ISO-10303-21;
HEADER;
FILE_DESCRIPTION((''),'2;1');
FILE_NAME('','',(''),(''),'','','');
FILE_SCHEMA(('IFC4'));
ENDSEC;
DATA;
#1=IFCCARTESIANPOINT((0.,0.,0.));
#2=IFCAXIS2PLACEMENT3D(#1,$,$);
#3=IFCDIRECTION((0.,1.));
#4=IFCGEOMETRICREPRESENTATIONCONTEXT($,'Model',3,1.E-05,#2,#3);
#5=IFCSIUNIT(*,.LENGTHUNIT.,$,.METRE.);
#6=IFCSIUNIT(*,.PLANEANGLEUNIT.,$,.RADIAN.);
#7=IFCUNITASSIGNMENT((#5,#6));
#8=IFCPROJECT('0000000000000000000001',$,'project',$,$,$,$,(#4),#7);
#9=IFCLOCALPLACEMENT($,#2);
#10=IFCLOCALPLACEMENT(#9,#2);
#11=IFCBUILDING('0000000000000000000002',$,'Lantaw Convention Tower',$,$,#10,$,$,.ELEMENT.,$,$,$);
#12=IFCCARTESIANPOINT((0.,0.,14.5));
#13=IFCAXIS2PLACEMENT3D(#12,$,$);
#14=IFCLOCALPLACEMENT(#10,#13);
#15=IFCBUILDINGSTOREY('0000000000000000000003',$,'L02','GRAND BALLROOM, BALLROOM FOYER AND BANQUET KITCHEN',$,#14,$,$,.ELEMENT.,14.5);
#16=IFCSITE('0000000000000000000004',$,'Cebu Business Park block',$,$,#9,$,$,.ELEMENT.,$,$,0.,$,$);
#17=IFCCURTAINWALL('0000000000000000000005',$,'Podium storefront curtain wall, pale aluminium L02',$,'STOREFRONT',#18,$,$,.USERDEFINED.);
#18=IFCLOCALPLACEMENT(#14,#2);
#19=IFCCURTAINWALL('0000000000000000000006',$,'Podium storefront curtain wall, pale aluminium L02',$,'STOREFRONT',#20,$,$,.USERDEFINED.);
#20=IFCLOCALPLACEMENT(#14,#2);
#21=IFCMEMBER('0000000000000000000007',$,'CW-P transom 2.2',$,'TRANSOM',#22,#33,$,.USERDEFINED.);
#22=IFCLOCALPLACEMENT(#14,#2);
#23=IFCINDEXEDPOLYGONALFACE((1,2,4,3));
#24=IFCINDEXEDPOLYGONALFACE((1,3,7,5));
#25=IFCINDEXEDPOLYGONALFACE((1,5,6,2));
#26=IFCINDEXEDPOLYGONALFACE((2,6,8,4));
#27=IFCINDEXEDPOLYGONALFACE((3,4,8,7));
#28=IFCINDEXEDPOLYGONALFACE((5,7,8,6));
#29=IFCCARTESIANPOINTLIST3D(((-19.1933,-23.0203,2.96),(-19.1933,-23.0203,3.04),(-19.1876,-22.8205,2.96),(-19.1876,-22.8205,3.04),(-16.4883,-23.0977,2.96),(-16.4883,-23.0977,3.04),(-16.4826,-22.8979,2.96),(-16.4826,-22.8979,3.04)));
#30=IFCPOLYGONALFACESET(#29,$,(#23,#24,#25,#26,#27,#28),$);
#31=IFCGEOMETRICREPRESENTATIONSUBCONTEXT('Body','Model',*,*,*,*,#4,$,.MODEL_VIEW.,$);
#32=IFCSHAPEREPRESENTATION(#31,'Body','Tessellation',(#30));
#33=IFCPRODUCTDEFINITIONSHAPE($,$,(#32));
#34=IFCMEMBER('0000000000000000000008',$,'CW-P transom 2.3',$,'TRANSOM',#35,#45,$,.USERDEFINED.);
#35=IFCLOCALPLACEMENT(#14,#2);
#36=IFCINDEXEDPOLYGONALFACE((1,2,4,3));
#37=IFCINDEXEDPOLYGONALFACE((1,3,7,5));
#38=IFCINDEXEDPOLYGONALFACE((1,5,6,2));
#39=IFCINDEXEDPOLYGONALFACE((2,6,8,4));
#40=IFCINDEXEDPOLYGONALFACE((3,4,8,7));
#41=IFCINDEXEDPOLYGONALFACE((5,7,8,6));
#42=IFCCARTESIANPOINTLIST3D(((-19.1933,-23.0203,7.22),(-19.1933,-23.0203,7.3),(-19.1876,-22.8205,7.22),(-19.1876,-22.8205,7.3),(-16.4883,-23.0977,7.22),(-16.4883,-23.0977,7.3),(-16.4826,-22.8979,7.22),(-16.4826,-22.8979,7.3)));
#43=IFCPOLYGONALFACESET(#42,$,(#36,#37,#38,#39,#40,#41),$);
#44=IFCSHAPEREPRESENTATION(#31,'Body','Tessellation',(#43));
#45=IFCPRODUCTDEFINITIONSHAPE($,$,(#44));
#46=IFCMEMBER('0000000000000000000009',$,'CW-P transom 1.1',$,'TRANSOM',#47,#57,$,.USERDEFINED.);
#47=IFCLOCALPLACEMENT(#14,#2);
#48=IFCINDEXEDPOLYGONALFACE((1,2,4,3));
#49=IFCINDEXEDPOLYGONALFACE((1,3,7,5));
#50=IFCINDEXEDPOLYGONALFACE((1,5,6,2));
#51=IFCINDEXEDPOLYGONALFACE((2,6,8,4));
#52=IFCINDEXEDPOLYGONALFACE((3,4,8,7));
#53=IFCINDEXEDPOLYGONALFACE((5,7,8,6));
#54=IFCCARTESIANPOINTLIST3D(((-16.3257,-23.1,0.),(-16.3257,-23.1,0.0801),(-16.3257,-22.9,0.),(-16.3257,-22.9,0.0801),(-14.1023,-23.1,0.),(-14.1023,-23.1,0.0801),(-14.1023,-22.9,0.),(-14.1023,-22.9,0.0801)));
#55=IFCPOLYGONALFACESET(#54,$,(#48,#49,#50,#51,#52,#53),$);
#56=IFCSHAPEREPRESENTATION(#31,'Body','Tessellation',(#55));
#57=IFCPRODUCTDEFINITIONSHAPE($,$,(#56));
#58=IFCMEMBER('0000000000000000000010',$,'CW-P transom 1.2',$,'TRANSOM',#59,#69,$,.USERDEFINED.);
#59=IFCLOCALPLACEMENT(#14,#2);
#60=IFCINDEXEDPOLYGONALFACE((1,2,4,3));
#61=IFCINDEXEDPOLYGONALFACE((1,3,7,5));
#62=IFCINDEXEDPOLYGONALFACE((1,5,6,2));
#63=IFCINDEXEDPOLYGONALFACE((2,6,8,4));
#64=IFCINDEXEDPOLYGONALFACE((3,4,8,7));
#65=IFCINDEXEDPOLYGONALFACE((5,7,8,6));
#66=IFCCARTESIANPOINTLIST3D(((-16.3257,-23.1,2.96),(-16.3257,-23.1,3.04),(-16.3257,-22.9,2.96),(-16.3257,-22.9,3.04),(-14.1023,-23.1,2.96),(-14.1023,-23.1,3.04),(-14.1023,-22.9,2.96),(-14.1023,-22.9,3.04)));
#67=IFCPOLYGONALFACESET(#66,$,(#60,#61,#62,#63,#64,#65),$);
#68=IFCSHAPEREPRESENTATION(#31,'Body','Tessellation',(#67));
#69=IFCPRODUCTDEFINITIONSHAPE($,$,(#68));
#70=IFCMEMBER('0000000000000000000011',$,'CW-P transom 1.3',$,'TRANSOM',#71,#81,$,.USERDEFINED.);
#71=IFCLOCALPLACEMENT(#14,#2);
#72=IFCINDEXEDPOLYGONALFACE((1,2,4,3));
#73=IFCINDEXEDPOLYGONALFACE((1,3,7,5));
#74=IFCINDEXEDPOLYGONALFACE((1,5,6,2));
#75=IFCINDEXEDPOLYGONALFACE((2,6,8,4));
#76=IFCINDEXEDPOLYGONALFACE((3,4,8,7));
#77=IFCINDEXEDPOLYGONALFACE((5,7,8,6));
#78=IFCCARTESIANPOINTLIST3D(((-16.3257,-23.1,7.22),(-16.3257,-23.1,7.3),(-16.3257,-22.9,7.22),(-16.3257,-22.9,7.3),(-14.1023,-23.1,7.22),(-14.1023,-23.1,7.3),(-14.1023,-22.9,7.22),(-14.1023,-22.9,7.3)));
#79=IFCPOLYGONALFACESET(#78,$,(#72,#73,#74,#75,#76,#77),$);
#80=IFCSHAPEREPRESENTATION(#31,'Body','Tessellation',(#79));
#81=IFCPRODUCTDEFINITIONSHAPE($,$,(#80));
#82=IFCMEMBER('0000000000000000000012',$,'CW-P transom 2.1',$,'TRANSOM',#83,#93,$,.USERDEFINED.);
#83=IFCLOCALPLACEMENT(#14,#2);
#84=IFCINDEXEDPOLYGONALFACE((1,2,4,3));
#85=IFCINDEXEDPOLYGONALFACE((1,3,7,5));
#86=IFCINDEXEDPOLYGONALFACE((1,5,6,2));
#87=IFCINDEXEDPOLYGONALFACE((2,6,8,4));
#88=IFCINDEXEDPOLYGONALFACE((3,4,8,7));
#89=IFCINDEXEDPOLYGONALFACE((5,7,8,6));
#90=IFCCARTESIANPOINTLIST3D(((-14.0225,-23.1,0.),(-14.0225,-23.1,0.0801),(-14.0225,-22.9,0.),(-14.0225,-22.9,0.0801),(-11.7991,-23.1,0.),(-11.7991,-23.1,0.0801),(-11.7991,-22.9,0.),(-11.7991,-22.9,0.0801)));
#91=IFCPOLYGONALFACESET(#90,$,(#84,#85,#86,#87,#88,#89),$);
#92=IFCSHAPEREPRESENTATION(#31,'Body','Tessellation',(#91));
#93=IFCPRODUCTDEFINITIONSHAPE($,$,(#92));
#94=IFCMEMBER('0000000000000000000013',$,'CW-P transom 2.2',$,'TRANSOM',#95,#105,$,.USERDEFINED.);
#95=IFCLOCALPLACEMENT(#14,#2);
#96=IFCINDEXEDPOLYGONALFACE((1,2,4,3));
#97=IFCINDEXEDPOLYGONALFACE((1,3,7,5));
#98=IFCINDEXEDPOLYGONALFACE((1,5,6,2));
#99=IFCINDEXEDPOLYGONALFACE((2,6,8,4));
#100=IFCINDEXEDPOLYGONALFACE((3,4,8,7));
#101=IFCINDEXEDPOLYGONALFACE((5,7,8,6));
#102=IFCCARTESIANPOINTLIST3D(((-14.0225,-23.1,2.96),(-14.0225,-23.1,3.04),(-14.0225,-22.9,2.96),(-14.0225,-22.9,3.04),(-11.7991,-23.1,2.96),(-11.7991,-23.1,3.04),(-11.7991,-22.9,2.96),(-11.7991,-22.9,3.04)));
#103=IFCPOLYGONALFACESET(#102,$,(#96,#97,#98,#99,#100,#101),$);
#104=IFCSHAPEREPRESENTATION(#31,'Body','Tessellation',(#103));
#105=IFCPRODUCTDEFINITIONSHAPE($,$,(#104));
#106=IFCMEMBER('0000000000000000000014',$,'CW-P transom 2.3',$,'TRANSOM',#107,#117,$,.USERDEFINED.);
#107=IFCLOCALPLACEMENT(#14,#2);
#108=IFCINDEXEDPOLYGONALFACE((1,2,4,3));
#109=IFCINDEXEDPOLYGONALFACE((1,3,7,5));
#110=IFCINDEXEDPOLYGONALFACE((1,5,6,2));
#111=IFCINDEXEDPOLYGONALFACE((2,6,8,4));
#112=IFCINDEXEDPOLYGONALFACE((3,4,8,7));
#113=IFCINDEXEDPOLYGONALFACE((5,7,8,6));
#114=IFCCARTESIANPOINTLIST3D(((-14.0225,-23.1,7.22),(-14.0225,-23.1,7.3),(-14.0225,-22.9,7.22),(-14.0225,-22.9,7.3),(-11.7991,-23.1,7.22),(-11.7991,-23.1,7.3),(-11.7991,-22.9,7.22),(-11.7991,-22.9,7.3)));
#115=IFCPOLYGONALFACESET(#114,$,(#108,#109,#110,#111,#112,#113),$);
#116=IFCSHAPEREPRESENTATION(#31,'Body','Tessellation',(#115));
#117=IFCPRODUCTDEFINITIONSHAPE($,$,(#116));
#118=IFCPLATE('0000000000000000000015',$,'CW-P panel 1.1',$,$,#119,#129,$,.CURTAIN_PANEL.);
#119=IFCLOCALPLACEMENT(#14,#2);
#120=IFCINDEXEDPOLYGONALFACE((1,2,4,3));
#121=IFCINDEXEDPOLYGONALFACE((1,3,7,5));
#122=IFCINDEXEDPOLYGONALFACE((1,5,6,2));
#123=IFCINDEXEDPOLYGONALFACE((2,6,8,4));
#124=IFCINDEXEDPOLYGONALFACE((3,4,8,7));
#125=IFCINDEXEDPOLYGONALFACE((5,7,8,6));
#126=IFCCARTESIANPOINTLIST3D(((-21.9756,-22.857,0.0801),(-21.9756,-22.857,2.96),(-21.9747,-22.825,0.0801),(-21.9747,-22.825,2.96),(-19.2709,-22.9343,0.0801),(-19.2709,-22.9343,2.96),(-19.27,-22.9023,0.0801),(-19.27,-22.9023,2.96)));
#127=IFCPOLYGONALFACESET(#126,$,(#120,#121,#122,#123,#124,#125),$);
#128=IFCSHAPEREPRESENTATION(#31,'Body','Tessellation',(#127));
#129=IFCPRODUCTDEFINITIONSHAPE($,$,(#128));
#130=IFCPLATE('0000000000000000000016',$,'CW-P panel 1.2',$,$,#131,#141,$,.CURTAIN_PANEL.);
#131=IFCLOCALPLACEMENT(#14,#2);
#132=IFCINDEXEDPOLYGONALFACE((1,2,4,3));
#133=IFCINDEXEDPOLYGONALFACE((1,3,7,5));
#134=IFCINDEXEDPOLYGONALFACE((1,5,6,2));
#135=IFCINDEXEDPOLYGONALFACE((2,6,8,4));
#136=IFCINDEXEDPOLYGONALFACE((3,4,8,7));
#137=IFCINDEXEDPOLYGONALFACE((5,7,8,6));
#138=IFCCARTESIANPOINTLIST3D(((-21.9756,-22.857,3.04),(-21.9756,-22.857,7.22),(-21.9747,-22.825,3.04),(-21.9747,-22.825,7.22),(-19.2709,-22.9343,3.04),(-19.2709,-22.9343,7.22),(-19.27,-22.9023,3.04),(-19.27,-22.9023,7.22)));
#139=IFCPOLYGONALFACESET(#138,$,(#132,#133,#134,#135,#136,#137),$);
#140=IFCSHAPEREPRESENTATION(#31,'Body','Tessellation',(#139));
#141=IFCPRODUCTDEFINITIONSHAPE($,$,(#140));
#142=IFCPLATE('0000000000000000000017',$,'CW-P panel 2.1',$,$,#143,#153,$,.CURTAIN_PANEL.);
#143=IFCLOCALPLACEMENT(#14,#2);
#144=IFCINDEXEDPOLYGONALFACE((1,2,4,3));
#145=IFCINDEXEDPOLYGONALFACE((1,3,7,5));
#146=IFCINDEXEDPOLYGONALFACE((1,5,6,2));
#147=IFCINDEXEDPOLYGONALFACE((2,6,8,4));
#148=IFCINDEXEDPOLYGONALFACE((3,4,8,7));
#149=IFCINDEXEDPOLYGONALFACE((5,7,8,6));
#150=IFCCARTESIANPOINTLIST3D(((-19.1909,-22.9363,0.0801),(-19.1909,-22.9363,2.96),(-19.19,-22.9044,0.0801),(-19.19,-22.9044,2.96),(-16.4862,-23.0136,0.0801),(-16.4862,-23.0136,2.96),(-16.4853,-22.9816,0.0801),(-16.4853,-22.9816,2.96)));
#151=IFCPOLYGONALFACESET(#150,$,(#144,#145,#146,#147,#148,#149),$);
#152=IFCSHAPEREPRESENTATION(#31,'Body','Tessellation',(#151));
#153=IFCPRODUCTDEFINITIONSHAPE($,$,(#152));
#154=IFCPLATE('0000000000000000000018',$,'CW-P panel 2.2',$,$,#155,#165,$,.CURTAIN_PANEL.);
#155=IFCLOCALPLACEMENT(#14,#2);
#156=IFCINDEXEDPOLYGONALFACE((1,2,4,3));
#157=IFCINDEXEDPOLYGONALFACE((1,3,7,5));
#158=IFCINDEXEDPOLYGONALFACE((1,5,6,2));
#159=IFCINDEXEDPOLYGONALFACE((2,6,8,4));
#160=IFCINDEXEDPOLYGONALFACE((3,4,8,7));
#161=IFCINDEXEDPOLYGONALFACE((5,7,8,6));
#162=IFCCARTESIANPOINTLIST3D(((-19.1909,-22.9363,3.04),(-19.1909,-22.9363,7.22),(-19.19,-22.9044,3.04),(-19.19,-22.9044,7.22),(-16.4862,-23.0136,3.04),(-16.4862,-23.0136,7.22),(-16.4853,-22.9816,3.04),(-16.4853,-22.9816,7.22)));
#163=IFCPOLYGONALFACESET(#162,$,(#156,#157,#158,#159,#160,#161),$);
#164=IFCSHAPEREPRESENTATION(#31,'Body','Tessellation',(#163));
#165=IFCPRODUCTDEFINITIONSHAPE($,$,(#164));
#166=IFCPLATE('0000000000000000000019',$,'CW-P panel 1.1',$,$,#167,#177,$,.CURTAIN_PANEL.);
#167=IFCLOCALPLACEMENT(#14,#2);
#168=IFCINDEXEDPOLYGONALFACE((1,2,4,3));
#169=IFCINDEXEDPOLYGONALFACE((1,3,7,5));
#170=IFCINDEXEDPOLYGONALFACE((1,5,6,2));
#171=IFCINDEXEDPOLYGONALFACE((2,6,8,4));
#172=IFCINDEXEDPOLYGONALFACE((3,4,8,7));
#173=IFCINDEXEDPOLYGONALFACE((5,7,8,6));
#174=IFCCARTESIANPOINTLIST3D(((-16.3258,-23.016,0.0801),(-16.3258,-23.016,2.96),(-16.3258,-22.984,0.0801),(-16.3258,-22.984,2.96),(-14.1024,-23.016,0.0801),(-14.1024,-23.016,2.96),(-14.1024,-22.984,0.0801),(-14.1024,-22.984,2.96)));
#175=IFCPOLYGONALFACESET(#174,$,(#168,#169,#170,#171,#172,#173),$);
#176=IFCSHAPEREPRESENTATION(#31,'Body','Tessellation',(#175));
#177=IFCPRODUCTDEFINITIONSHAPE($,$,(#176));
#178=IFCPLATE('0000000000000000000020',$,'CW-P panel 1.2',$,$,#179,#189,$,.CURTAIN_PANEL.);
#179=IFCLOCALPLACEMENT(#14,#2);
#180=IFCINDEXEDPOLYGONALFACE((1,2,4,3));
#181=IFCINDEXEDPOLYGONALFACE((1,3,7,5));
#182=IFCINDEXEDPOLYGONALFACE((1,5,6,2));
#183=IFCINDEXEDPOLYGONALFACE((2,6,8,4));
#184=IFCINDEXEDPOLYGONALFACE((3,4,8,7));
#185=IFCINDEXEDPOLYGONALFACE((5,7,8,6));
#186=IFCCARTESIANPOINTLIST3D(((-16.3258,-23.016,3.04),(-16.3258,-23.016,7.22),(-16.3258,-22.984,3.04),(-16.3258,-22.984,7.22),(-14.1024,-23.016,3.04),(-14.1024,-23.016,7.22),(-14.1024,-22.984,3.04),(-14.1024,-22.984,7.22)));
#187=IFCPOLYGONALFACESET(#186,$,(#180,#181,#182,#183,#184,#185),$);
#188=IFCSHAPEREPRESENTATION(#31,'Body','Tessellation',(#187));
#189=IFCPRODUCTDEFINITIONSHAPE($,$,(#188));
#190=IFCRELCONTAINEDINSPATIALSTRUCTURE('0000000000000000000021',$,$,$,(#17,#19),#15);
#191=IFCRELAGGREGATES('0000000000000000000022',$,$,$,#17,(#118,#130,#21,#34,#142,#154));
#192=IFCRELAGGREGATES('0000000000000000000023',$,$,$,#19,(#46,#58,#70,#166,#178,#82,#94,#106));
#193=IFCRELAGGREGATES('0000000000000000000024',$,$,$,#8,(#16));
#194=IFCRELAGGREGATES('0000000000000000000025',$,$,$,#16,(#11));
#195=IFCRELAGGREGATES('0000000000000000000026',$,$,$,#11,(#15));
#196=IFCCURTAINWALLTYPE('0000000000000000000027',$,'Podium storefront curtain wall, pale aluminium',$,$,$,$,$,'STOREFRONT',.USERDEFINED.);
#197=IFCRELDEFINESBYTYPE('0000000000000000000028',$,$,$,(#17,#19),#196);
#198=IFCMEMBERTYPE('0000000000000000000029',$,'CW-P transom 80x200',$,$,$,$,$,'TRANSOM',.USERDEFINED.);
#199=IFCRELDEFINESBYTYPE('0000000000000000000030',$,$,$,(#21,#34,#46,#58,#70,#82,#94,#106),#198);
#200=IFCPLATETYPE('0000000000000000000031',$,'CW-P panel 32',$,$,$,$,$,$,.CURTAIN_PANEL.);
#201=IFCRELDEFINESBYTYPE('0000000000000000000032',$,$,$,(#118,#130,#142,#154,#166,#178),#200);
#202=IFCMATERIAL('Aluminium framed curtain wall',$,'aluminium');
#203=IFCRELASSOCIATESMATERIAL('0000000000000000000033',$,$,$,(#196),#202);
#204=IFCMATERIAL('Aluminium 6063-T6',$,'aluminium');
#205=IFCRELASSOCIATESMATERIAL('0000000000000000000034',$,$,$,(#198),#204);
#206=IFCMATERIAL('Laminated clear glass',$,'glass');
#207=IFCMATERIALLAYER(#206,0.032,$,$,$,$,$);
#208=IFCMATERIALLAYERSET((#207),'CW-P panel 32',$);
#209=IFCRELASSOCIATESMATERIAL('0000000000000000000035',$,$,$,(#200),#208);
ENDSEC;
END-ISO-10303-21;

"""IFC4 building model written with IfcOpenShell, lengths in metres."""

from ifc_helpers import new_model, si_unit, direction, frame, origin, origin_2d, place, context, subcontext, project, spatial, rectangle, extrude, material, layer, layer_set, material_profile, profile_set, type_object, element, aggregate, save


model = new_model("IFC4")

# Units and contexts
model_context = context("Model", 3, precision=1e-05, world=origin(), true_north=direction((0.0, 1.0)))
body_context = subcontext(model_context, "Body", "Model", "MODEL_VIEW")
ifc_project = project(units=[si_unit("LENGTHUNIT", "METRE"), si_unit("PLANEANGLEUNIT", "RADIAN")], contexts=[model_context])

# Site, building, storey
site_placement = place(None, origin())
site = spatial("IfcSite", under=ifc_project, at=site_placement, Name="Cebu Business Park block", CompositionType="ELEMENT", RefElevation=0.0)
building_placement = place(site_placement, origin())
building = spatial("IfcBuilding", under=site, at=building_placement, Name="Lantaw Convention Tower", CompositionType="ELEMENT")
storey_placement = place(building_placement, frame((0.0, 0.0, 14.5)))
storey = spatial("IfcBuildingStorey", under=building, at=storey_placement, Name="L02", Description="GRAND BALLROOM, BALLROOM FOYER AND BANQUET KITCHEN", CompositionType="ELEMENT", Elevation=14.5)

# Curtain walls
ifc_material_1 = material(Name="Aluminium framed curtain wall", Category="aluminium")
curtain_wall_type = type_object("IfcCurtainWallType", Name="Podium storefront curtain wall, pale aluminium", ElementType="STOREFRONT", PredefinedType="USERDEFINED", material=ifc_material_1)
curtain_wall_1_placement = place(storey_placement, origin())
curtain_wall_1 = element("IfcCurtainWall", 1, at=curtain_wall_1_placement, inside=storey, type_object=curtain_wall_type, Name="Podium storefront curtain wall, pale aluminium L02", ObjectType="STOREFRONT", PredefinedType="USERDEFINED")
ifc_material_2 = material(Name="Aluminium 6063-T6", Category="aluminium")
curtain_wall_2_placement = place(storey_placement, origin())
curtain_wall_2 = element("IfcCurtainWall", 2, at=curtain_wall_2_placement, inside=storey, type_object=curtain_wall_type, Name="Podium storefront curtain wall, pale aluminium L02", ObjectType="STOREFRONT", PredefinedType="USERDEFINED")

# Members
ifc_material_profile_1 = material_profile(ifc_material_2, rectangle(XDim=0.2, YDim=0.0801, at=origin_2d()), Name="CW-P transom 80x200")
ifc_profile_set_1 = profile_set([ifc_material_profile_1], Name="Aluminium 6063-T6")
member_type_1 = type_object("IfcMemberType", Name="CW-P transom 80x200", ElementType="TRANSOM", PredefinedType="USERDEFINED", material=ifc_profile_set_1)
member_1_placement = place(storey_placement, frame((-19.1904, -22.9204, 3.0), z_axis=(0.999591, -0.028601, 0.0), x_axis=(0.028601, 0.999591, 0.0)))
member_1 = element("IfcMember", 3, at=member_1_placement, type_object=member_type_1, Name="CW-P transom 2.2", ObjectType="TRANSOM", PredefinedType="USERDEFINED", context=body_context, shape_type="SweptSolid", body=[
    extrude(rectangle(XDim=0.2, YDim=0.0801, at=origin_2d()), origin(), (0.0, 0.0, 1.0), 2.7061),
])
member_2_placement = place(storey_placement, frame((-19.1904, -22.9204, 7.26), z_axis=(0.999591, -0.028601, 0.0), x_axis=(0.028601, 0.999591, 0.0)))
member_2 = element("IfcMember", 4, at=member_2_placement, type_object=member_type_1, Name="CW-P transom 2.3", ObjectType="TRANSOM", PredefinedType="USERDEFINED", context=body_context, shape_type="SweptSolid", body=[
    extrude(rectangle(XDim=0.2, YDim=0.0801, at=origin_2d()), origin(), (0.0, 0.0, 1.0), 2.7061),
])
member_3_placement = place(storey_placement, frame((-16.3257, -23.0, 0.04), z_axis=(1.0, 0.0, 0.0), x_axis=(0.0, 1.0, 0.0)))
member_3 = element("IfcMember", 5, at=member_3_placement, type_object=member_type_1, Name="CW-P transom 1.1", ObjectType="TRANSOM", PredefinedType="USERDEFINED", context=body_context, shape_type="SweptSolid", body=[
    extrude(rectangle(XDim=0.2, YDim=0.0801, at=origin_2d()), origin(), (0.0, 0.0, 1.0), 2.2234),
])
member_4_placement = place(storey_placement, frame((-16.3257, -23.0, 3.0), z_axis=(1.0, 0.0, 0.0), x_axis=(0.0, 1.0, 0.0)))
member_4 = element("IfcMember", 6, at=member_4_placement, type_object=member_type_1, Name="CW-P transom 1.2", ObjectType="TRANSOM", PredefinedType="USERDEFINED", context=body_context, shape_type="SweptSolid", body=[
    extrude(rectangle(XDim=0.2, YDim=0.0801, at=origin_2d()), origin(), (0.0, 0.0, 1.0), 2.2234),
])
member_5_placement = place(storey_placement, frame((-16.3257, -23.0, 7.26), z_axis=(1.0, 0.0, 0.0), x_axis=(0.0, 1.0, 0.0)))
member_5 = element("IfcMember", 7, at=member_5_placement, type_object=member_type_1, Name="CW-P transom 1.3", ObjectType="TRANSOM", PredefinedType="USERDEFINED", context=body_context, shape_type="SweptSolid", body=[
    extrude(rectangle(XDim=0.2, YDim=0.0801, at=origin_2d()), origin(), (0.0, 0.0, 1.0), 2.2234),
])
member_6_placement = place(storey_placement, frame((-14.0225, -23.0, 0.04), z_axis=(1.0, 0.0, 0.0), x_axis=(0.0, 1.0, 0.0)))
member_6 = element("IfcMember", 8, at=member_6_placement, type_object=member_type_1, Name="CW-P transom 2.1", ObjectType="TRANSOM", PredefinedType="USERDEFINED", context=body_context, shape_type="SweptSolid", body=[
    extrude(rectangle(XDim=0.2, YDim=0.0801, at=origin_2d()), origin(), (0.0, 0.0, 1.0), 2.2234),
])
member_7_placement = place(storey_placement, frame((-14.0225, -23.0, 3.0), z_axis=(1.0, 0.0, 0.0), x_axis=(0.0, 1.0, 0.0)))
member_7 = element("IfcMember", 9, at=member_7_placement, type_object=member_type_1, Name="CW-P transom 2.2", ObjectType="TRANSOM", PredefinedType="USERDEFINED", context=body_context, shape_type="SweptSolid", body=[
    extrude(rectangle(XDim=0.2, YDim=0.0801, at=origin_2d()), origin(), (0.0, 0.0, 1.0), 2.2234),
])
member_8_placement = place(storey_placement, frame((-14.0225, -23.0, 7.26), z_axis=(1.0, 0.0, 0.0), x_axis=(0.0, 1.0, 0.0)))
member_8 = element("IfcMember", 10, at=member_8_placement, type_object=member_type_1, Name="CW-P transom 2.3", ObjectType="TRANSOM", PredefinedType="USERDEFINED", context=body_context, shape_type="SweptSolid", body=[
    extrude(rectangle(XDim=0.2, YDim=0.0801, at=origin_2d()), origin(), (0.0, 0.0, 1.0), 2.2234),
])

# Plates
ifc_material_3 = material(Name="Laminated clear glass", Category="glass")
ifc_layer = layer(ifc_material_3, 0.032)
ifc_layer_set = layer_set([ifc_layer], Name="CW-P panel 32")
plate_type = type_object("IfcPlateType", Name="CW-P panel 32", PredefinedType="CURTAIN_PANEL", material=ifc_layer_set)
plate_1_placement = place(storey_placement, frame((-20.6228, -22.8796, 0.0801), z_axis=(0.0, 0.0, 1.0), x_axis=(0.999592, -0.028552, 0.0)))
plate_1 = element("IfcPlate", 11, at=plate_1_placement, type_object=plate_type, Name="CW-P panel 1.1", PredefinedType="CURTAIN_PANEL", context=body_context, shape_type="SweptSolid", body=[
    extrude(rectangle(XDim=2.7058, YDim=0.032, at=origin_2d()), origin(), (0.0, 0.0, 1.0), 2.8799),
])
plate_2_placement = place(storey_placement, frame((-20.6228, -22.8796, 3.04), z_axis=(0.0, 0.0, 1.0), x_axis=(0.999592, -0.028552, 0.0)))
plate_2 = element("IfcPlate", 12, at=plate_2_placement, type_object=plate_type, Name="CW-P panel 1.2", PredefinedType="CURTAIN_PANEL", context=body_context, shape_type="SweptSolid", body=[
    extrude(rectangle(XDim=2.7058, YDim=0.032, at=origin_2d()), origin(), (0.0, 0.0, 1.0), 4.1799),
])
plate_3_placement = place(storey_placement, frame((-17.8381, -22.959, 0.0801), z_axis=(0.0, 0.0, 1.0), x_axis=(0.999592, -0.028552, 0.0)))
plate_3 = element("IfcPlate", 13, at=plate_3_placement, type_object=plate_type, Name="CW-P panel 2.1", PredefinedType="CURTAIN_PANEL", context=body_context, shape_type="SweptSolid", body=[
    extrude(rectangle(XDim=2.7058, YDim=0.032, at=origin_2d()), origin(), (0.0, 0.0, 1.0), 2.8799),
])
plate_4_placement = place(storey_placement, frame((-17.8381, -22.959, 3.04), z_axis=(0.0, 0.0, 1.0), x_axis=(0.999592, -0.028552, 0.0)))
plate_4 = element("IfcPlate", 14, at=plate_4_placement, type_object=plate_type, Name="CW-P panel 2.2", PredefinedType="CURTAIN_PANEL", context=body_context, shape_type="SweptSolid", body=[
    extrude(rectangle(XDim=2.7058, YDim=0.032, at=origin_2d()), origin(), (0.0, 0.0, 1.0), 4.1799),
])
aggregate(curtain_wall_1, [plate_1, plate_2, member_1, member_2, plate_3, plate_4])
plate_5_placement = place(storey_placement, frame((-15.2141, -23.0, 0.0801), z_axis=(0.0, 0.0, 1.0), x_axis=(1.0, 0.0, 0.0)))
plate_5 = element("IfcPlate", 15, at=plate_5_placement, type_object=plate_type, Name="CW-P panel 1.1", PredefinedType="CURTAIN_PANEL", context=body_context, shape_type="SweptSolid", body=[
    extrude(rectangle(XDim=2.2234, YDim=0.032, at=origin_2d()), origin(), (0.0, 0.0, 1.0), 2.8799),
])
plate_6_placement = place(storey_placement, frame((-15.2141, -23.0, 3.04), z_axis=(0.0, 0.0, 1.0), x_axis=(1.0, 0.0, 0.0)))
plate_6 = element("IfcPlate", 16, at=plate_6_placement, type_object=plate_type, Name="CW-P panel 1.2", PredefinedType="CURTAIN_PANEL", context=body_context, shape_type="SweptSolid", body=[
    extrude(rectangle(XDim=2.2234, YDim=0.032, at=origin_2d()), origin(), (0.0, 0.0, 1.0), 4.1799),
])
aggregate(curtain_wall_2, [member_3, member_4, member_5, plate_5, plate_6, member_6, member_7, member_8])

save(model, "model.ifc")
